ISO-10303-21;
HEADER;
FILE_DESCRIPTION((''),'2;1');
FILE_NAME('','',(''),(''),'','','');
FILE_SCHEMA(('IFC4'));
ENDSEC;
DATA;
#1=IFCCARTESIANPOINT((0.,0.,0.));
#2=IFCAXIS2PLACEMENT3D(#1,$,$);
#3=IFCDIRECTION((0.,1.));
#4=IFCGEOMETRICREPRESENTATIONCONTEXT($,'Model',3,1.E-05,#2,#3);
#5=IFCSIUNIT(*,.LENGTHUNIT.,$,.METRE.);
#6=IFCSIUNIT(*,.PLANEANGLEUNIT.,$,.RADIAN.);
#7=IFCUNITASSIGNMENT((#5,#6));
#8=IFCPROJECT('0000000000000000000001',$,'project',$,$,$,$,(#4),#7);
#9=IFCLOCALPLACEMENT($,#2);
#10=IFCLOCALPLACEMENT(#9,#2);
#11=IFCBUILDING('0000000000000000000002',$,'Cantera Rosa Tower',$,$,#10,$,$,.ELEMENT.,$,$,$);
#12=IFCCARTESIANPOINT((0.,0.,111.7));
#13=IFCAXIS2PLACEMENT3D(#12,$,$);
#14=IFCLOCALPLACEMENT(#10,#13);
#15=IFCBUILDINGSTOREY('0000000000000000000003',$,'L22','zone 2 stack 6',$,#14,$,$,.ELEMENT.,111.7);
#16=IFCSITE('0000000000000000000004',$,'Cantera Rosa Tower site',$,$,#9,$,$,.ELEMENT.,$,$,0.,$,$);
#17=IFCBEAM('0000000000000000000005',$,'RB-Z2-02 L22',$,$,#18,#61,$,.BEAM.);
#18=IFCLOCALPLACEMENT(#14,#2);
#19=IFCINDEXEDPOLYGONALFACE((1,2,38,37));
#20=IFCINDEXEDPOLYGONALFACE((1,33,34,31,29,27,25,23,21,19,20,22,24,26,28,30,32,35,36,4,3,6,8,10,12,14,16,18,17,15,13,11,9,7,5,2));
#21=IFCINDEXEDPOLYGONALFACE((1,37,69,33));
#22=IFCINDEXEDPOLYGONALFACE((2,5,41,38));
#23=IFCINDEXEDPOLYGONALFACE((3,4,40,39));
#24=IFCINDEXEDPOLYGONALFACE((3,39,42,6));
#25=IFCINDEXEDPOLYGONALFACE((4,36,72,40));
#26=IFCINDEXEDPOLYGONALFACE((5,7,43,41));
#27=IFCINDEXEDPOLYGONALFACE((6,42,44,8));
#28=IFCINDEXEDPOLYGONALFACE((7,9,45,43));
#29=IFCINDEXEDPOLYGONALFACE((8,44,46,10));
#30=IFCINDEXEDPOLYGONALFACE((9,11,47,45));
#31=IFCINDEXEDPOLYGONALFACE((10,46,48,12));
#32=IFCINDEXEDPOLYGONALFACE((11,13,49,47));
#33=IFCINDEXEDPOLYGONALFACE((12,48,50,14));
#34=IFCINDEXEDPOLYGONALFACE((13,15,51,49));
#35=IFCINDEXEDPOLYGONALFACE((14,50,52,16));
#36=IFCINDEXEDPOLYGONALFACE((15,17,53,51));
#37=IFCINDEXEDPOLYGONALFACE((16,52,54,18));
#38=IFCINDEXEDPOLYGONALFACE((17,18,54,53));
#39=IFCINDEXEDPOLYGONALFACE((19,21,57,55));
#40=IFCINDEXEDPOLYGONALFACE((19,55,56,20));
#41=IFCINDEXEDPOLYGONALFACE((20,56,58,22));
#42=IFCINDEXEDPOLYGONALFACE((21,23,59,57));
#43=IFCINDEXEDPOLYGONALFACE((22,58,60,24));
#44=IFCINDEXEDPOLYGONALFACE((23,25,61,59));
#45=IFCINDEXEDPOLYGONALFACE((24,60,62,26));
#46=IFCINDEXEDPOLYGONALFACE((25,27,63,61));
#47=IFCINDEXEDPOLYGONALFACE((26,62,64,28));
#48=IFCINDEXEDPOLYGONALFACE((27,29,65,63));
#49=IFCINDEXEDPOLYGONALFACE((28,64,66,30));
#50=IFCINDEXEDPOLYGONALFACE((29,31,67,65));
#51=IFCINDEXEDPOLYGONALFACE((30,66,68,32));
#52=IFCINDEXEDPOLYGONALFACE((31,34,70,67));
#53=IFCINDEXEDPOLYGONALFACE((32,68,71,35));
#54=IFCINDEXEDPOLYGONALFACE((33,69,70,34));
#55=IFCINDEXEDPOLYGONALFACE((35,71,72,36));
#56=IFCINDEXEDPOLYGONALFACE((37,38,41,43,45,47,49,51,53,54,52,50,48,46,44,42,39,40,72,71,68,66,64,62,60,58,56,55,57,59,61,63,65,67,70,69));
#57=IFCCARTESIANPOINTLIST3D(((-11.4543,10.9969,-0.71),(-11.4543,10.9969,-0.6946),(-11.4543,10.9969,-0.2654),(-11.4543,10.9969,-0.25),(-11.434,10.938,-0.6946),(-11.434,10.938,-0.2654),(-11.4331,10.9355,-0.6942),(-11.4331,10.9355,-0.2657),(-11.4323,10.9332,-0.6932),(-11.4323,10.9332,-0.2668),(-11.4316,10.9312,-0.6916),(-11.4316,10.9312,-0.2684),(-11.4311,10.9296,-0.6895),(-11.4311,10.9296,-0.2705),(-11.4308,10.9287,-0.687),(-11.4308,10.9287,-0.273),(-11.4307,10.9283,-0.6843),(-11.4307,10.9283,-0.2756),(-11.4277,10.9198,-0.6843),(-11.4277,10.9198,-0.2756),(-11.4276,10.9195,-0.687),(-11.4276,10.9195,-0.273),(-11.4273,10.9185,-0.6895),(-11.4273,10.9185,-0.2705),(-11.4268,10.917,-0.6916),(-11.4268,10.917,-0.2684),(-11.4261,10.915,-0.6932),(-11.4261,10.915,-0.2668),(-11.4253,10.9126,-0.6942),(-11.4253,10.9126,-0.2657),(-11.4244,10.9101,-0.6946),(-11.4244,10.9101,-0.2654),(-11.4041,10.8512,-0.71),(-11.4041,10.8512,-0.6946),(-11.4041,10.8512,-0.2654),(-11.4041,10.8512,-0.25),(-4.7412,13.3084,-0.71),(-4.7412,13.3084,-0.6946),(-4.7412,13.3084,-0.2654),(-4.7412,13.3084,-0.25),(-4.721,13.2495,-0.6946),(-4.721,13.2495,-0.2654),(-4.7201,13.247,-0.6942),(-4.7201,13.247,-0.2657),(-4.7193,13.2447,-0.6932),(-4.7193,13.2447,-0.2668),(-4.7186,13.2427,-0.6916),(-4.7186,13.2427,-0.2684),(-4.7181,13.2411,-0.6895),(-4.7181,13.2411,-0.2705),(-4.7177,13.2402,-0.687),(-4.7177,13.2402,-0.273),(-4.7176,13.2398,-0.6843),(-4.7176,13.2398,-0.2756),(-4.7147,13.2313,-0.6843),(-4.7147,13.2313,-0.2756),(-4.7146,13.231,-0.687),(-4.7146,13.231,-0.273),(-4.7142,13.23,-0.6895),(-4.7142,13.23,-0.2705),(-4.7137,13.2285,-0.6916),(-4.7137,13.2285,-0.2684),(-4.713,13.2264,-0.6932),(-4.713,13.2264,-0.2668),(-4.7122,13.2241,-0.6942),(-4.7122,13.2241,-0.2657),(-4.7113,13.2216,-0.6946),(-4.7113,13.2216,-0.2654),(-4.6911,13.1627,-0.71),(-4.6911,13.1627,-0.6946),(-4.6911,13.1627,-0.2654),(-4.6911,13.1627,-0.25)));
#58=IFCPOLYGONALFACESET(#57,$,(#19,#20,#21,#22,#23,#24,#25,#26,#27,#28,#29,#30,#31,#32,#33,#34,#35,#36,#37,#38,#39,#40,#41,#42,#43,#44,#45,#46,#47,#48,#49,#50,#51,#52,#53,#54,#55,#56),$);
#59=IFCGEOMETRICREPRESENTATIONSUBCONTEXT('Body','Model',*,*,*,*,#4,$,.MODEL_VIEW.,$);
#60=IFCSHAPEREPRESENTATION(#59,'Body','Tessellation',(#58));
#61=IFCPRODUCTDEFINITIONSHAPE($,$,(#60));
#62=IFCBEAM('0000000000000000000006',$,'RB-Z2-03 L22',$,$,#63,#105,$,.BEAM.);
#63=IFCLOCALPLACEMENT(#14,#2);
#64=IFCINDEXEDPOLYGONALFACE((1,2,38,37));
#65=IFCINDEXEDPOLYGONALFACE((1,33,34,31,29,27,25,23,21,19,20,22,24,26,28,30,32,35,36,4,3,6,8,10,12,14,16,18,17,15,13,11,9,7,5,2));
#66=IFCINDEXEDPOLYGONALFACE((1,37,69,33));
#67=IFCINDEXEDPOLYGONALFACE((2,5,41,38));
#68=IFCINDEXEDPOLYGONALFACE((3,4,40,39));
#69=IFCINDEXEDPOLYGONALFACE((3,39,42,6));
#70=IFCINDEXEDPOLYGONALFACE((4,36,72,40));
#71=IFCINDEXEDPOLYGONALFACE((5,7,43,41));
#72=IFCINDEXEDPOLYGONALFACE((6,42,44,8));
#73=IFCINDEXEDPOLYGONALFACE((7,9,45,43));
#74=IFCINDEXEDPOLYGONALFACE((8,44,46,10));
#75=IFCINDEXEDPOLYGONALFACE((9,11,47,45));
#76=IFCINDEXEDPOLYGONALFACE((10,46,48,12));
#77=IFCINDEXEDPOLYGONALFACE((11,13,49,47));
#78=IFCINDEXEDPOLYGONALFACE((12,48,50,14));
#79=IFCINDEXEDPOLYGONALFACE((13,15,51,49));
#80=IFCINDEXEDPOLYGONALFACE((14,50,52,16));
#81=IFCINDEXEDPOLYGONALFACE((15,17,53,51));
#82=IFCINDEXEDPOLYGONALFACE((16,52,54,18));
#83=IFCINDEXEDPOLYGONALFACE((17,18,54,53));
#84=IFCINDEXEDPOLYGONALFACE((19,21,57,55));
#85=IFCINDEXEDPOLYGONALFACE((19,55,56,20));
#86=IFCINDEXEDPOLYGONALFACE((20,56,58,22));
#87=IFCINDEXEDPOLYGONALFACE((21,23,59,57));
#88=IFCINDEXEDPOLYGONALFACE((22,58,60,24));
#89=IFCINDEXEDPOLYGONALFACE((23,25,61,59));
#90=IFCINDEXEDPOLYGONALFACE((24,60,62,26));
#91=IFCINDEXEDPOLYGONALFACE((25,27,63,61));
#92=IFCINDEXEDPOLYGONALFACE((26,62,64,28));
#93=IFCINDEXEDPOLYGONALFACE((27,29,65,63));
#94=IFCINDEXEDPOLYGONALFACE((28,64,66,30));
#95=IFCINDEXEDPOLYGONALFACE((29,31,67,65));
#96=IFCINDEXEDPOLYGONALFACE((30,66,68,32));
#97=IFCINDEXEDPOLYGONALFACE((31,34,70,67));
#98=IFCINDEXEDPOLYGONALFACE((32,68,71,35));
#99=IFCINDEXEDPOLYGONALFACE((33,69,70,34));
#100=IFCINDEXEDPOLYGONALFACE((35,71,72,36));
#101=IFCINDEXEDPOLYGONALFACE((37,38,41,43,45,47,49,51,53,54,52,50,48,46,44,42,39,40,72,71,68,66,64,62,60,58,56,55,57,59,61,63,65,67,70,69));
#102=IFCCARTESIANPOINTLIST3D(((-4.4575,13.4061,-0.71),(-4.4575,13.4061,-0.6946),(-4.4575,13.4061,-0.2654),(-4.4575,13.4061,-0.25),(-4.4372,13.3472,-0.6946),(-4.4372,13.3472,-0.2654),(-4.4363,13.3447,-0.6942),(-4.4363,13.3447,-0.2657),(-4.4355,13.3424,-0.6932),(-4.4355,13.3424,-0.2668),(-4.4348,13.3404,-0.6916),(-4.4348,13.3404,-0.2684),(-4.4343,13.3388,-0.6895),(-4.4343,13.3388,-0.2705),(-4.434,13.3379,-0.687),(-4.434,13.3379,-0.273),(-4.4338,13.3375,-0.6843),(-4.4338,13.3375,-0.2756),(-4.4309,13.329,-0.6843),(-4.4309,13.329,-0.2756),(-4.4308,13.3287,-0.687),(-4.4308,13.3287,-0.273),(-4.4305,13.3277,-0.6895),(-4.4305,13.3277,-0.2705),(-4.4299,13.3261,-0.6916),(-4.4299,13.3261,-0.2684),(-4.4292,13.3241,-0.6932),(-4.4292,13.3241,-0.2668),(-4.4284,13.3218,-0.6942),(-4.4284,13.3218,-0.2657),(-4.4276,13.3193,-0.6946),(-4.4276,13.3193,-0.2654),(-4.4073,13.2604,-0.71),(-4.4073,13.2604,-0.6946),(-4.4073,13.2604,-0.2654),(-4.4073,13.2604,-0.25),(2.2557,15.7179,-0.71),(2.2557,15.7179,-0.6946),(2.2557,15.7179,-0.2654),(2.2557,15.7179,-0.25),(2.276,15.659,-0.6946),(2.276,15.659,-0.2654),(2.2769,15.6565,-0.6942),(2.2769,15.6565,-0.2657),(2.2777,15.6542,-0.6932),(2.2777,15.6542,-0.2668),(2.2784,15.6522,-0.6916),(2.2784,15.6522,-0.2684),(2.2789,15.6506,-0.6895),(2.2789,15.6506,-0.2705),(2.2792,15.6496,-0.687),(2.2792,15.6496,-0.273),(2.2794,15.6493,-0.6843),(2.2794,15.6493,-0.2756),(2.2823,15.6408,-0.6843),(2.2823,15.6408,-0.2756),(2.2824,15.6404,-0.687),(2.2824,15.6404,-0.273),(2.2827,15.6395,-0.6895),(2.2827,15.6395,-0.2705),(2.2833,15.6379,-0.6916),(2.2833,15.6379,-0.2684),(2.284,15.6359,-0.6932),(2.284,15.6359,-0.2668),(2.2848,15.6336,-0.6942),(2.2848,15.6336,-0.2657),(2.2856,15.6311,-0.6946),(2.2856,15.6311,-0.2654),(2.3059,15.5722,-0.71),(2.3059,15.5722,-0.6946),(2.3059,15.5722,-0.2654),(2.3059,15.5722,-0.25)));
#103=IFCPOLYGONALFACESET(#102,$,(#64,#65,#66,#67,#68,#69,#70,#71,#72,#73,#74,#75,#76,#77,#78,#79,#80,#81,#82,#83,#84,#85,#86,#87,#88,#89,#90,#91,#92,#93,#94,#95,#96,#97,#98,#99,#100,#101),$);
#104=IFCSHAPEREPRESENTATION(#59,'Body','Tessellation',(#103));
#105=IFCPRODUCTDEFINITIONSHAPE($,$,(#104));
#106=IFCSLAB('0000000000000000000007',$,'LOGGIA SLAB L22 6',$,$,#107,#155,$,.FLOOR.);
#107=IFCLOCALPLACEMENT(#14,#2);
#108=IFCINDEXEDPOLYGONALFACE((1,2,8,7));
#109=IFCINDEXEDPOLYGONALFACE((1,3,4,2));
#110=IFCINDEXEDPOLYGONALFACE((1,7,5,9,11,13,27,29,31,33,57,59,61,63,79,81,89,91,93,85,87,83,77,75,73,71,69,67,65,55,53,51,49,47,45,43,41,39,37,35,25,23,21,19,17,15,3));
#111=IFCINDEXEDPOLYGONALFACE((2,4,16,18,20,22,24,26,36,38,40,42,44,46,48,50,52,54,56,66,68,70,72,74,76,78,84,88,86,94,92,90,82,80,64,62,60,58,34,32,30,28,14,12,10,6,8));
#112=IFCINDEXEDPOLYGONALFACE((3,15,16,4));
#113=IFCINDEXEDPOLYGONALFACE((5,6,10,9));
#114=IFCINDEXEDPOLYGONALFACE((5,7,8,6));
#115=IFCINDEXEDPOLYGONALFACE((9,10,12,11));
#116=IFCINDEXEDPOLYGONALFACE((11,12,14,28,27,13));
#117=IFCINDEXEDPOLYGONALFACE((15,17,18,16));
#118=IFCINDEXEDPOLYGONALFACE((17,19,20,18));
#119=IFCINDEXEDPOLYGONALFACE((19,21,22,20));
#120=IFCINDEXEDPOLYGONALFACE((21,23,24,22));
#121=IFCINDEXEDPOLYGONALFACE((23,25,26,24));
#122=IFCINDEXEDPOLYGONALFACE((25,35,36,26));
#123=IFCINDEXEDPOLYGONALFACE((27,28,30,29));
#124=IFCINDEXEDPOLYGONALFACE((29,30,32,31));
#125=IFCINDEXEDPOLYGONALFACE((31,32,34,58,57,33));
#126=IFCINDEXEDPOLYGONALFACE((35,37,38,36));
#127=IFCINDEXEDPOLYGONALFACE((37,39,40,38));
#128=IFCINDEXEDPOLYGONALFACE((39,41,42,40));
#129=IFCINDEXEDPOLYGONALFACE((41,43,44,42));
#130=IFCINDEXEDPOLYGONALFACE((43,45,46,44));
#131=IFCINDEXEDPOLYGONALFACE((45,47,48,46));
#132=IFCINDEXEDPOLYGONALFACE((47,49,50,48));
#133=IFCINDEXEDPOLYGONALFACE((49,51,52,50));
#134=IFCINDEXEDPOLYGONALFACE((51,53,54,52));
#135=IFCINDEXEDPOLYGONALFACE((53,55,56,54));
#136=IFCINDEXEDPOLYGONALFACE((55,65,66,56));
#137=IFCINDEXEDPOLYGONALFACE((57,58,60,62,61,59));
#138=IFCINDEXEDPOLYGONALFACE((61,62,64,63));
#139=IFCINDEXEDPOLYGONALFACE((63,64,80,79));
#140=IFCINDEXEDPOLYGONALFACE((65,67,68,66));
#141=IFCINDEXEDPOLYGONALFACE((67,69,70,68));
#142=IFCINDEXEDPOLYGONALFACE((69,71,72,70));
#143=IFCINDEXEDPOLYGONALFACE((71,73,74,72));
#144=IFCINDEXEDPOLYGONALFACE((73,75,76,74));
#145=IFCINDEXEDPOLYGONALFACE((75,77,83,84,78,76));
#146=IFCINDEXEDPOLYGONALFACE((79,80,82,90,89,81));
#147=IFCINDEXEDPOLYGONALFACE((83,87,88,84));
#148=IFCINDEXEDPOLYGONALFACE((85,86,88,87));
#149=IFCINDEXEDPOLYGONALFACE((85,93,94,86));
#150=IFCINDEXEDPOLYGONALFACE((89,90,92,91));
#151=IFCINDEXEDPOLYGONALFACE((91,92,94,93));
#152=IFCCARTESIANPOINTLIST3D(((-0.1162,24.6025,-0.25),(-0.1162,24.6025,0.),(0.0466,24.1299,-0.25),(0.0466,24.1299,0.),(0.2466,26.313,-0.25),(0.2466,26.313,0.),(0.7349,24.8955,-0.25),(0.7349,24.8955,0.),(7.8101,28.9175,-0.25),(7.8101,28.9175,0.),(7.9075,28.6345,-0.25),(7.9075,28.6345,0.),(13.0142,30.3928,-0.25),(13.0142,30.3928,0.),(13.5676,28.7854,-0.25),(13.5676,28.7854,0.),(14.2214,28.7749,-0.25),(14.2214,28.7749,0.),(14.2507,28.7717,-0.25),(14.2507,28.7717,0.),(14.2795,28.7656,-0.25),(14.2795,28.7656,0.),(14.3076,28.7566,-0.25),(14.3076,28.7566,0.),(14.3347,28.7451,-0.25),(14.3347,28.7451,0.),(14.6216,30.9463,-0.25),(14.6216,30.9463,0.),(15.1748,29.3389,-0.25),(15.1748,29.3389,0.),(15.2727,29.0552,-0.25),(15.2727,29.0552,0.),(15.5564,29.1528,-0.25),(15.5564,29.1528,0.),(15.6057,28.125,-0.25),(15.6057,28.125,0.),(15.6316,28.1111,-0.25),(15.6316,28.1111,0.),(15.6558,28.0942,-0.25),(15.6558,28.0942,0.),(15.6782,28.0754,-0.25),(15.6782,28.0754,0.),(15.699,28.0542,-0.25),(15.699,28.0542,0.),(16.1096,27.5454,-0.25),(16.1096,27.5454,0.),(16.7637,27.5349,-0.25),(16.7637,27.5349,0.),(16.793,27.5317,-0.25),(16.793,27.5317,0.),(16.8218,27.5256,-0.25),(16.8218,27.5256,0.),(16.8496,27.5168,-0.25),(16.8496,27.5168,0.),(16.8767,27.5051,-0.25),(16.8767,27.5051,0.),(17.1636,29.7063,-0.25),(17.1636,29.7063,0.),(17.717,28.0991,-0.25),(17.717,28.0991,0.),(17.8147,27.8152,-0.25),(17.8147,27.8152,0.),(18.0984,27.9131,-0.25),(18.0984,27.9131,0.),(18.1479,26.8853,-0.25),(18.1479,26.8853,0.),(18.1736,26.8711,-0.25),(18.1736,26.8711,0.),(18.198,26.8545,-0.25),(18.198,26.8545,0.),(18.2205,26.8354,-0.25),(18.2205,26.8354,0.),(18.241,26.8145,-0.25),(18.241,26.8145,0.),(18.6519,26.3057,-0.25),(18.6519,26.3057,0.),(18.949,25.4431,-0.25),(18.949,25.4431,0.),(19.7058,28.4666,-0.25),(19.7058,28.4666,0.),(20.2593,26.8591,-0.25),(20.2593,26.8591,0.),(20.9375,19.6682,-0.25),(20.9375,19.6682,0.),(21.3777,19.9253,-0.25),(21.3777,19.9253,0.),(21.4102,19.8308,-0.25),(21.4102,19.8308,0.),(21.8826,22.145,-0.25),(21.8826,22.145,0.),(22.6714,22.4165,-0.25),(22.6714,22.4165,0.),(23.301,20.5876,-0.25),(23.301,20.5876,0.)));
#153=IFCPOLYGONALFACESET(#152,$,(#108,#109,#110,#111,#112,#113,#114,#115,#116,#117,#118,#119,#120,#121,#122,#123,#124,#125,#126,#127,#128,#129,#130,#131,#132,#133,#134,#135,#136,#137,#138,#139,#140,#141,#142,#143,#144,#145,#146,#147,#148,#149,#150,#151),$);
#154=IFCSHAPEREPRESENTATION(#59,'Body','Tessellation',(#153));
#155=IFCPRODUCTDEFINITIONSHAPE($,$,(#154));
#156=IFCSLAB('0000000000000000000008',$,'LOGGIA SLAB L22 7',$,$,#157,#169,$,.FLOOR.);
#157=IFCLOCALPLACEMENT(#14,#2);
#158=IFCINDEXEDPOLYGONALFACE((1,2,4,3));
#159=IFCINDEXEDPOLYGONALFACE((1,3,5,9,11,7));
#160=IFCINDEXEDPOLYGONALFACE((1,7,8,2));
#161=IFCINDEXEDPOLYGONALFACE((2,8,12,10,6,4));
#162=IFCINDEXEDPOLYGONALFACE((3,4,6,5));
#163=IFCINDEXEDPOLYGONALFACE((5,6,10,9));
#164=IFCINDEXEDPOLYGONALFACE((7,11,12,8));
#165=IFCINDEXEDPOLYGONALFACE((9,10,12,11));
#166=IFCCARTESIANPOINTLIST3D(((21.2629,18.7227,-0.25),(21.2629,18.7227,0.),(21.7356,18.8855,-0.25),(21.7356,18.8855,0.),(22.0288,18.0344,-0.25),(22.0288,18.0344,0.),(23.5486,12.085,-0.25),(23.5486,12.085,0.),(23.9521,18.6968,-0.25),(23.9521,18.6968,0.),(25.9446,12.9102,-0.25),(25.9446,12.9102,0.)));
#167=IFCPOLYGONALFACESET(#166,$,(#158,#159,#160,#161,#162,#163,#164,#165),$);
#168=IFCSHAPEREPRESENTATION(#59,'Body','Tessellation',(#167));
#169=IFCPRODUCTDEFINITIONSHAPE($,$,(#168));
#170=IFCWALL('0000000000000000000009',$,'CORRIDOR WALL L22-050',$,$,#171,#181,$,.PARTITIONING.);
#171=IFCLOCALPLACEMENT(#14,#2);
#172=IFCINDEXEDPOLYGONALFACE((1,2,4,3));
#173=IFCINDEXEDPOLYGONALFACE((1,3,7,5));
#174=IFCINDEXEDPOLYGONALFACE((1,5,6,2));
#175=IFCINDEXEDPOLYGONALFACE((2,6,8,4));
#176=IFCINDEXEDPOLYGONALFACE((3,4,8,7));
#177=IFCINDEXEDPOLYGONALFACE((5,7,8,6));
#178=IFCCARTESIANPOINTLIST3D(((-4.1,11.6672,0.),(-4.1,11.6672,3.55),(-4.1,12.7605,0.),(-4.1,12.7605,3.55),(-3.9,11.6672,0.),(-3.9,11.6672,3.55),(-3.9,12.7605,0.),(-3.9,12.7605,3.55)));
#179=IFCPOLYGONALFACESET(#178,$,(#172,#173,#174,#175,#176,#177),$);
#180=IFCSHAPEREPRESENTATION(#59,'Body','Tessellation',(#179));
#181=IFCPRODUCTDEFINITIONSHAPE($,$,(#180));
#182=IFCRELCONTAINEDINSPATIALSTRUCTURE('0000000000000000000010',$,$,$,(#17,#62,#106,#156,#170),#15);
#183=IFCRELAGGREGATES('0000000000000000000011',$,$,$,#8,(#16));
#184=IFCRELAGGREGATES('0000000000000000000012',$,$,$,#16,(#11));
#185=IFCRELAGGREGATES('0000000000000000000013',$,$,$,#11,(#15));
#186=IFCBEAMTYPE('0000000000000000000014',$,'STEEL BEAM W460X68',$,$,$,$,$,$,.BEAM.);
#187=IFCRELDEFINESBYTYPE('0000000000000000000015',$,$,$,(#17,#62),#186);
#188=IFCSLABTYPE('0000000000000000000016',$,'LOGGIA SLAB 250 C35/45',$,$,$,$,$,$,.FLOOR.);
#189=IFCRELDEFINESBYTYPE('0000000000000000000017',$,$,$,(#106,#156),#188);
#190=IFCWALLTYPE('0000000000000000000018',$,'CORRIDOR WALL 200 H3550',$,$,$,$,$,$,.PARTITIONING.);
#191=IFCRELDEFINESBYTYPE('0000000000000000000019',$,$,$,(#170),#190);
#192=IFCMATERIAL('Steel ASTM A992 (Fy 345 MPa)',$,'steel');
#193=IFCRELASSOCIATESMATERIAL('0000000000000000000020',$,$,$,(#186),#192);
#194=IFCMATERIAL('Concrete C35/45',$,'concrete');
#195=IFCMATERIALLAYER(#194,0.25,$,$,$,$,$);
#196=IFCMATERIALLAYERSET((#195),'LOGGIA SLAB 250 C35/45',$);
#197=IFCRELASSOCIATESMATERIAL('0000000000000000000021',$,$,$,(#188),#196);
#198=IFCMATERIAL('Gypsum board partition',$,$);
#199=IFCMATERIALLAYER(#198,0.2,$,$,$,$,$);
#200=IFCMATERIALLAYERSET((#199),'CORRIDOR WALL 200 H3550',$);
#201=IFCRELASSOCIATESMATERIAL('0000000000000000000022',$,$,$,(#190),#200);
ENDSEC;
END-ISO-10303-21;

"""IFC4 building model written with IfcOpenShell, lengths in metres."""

from ifc_helpers import new_model, si_unit, direction, frame, frame_2d, origin, origin_2d, place, context, subcontext, project, spatial, polyline, rectangle, i_section, outline, extrude, material, layer, layer_set, material_profile, profile_set, type_object, element, save


model = new_model("IFC4")

# Units and contexts
model_context = context("Model", 3, precision=1e-05, world=origin(), true_north=direction((0.0, 1.0)))
body_context = subcontext(model_context, "Body", "Model", "MODEL_VIEW")
ifc_project = project(units=[si_unit("LENGTHUNIT", "METRE"), si_unit("PLANEANGLEUNIT", "RADIAN")], contexts=[model_context])

# Site, building, storey
site_placement = place(None, origin())
site = spatial("IfcSite", under=ifc_project, at=site_placement, Name="Cantera Rosa Tower site", CompositionType="ELEMENT", RefElevation=0.0)
building_placement = place(site_placement, origin())
building = spatial("IfcBuilding", under=site, at=building_placement, Name="Cantera Rosa Tower", CompositionType="ELEMENT")
storey_placement = place(building_placement, frame((0.0, 0.0, 111.7)))
storey = spatial("IfcBuildingStorey", under=building, at=storey_placement, Name="L22", Description="zone 2 stack 6", CompositionType="ELEMENT", Elevation=111.7)

# Beams
ifc_material_1 = material(Name="Steel ASTM A992 (Fy 345 MPa)", Category="steel")
ifc_material_profile = material_profile(ifc_material_1, i_section(OverallWidth=0.1541, OverallDepth=0.46, WebThickness=0.009, FlangeThickness=0.0154, FilletRadius=0.0103, at=origin_2d()), Name="W460X68")
ifc_profile_set = profile_set([ifc_material_profile], Name="Steel ASTM A992 (Fy 345 MPa)")
beam_type = type_object("IfcBeamType", Name="STEEL BEAM W460X68", PredefinedType="BEAM", material=ifc_profile_set)
beam_1_placement = place(storey_placement, frame((-11.4292, 10.9241, -0.48), z_axis=(0.945518, 0.325569, 0.0), x_axis=(-0.325569, 0.945518, 0.0)))
element("IfcBeam", 1, at=beam_1_placement, inside=storey, type_object=beam_type, Name="RB-Z2-02 L22", PredefinedType="BEAM", context=body_context, shape_type="SweptSolid", body=[
    extrude(i_section(OverallWidth=0.1541, OverallDepth=0.46, WebThickness=0.009, FlangeThickness=0.0154, FilletRadius=0.0103, at=origin_2d()), origin(), (0.0, 0.0, 1.0), 7.0999),
])
beam_2_placement = place(storey_placement, frame((-4.4324, 13.3333, -0.48), z_axis=(0.945508, 0.3256, 0.0), x_axis=(-0.3256, 0.945508, 0.0)))
element("IfcBeam", 2, at=beam_2_placement, inside=storey, type_object=beam_type, Name="RB-Z2-03 L22", PredefinedType="BEAM", context=body_context, shape_type="SweptSolid", body=[
    extrude(i_section(OverallWidth=0.1541, OverallDepth=0.46, WebThickness=0.009, FlangeThickness=0.0154, FilletRadius=0.0103, at=origin_2d()), origin(), (0.0, 0.0, 1.0), 7.1001),
])

# Slabs
ifc_material_2 = material(Name="Concrete C35/45", Category="concrete")
ifc_layer_1 = layer(ifc_material_2, 0.25)
ifc_layer_set_1 = layer_set([ifc_layer_1], Name="LOGGIA SLAB 250 C35/45")
slab_type = type_object("IfcSlabType", Name="LOGGIA SLAB 250 C35/45", PredefinedType="FLOOR", material=ifc_layer_set_1)
slab_1_placement = place(storey_placement, frame((0.0, 0.0, -0.25)))
element("IfcSlab", 3, at=slab_1_placement, inside=storey, type_object=slab_type, Name="LOGGIA SLAB L22 6", PredefinedType="FLOOR", context=body_context, shape_type="SweptSolid", body=[
    extrude(outline(polyline([(15.2727, 29.0552), (15.5564, 29.1528), (17.1636, 29.7063), (17.717, 28.0991), (17.8147, 27.8152), (18.0984, 27.9131), (19.7058, 28.4666), (20.2593, 26.8591), (21.8826, 22.145), (22.6714, 22.4165), (23.301, 20.5876), (21.3777, 19.9253), (21.4102, 19.8308), (20.9375, 19.6682), (18.949, 25.4431), (18.6519, 26.3057), (18.241, 26.8145), (18.2205, 26.8354), (18.198, 26.8545), (18.1736, 26.8711), (18.1479, 26.8853), (16.8767, 27.5051), (16.8496, 27.5168), (16.8218, 27.5256), (16.793, 27.5317), (16.7637, 27.5349), (16.1096, 27.5454), (15.699, 28.0542), (15.6782, 28.0754), (15.6558, 28.0942), (15.6316, 28.1111), (15.6057, 28.125), (14.3347, 28.7451), (14.3076, 28.7566), (14.2795, 28.7656), (14.2507, 28.7717), (14.2214, 28.7749), (13.5676, 28.7854), (0.0466, 24.1299), (-0.1162, 24.6025), (0.7349, 24.8955), (0.2466, 26.313), (7.8101, 28.9175), (7.9075, 28.6345), (13.0142, 30.3928), (14.6216, 30.9463), (15.1748, 29.3389), (15.2727, 29.0552)])), origin(), (0.0, 0.0, 1.0), 0.25),
])
slab_2_placement = place(storey_placement, frame((0.0, 0.0, -0.25)))
element("IfcSlab", 4, at=slab_2_placement, inside=storey, type_object=slab_type, Name="LOGGIA SLAB L22 7", PredefinedType="FLOOR", context=body_context, shape_type="SweptSolid", body=[
    extrude(outline(polyline([(25.9446, 12.9102), (23.5486, 12.085), (21.2629, 18.7227), (21.7356, 18.8855), (22.0288, 18.0344), (23.9521, 18.6968), (25.9446, 12.9102)])), origin(), (0.0, 0.0, 1.0), 0.25),
])

# Wall
ifc_material_3 = material(Name="Gypsum board partition")
ifc_layer_2 = layer(ifc_material_3, 0.2)
ifc_layer_set_2 = layer_set([ifc_layer_2], Name="CORRIDOR WALL 200 H3550")
wall_type_1 = type_object("IfcWallType", Name="CORRIDOR WALL 200 H3550", PredefinedType="PARTITIONING", material=ifc_layer_set_2)
wall_1_placement = place(storey_placement, frame((-4.0, 12.7605, 0.0), z_axis=(0.0, 0.0, 1.0), x_axis=(0.0, -1.0, 0.0)))
element("IfcWall", 5, at=wall_1_placement, inside=storey, type_object=wall_type_1, Name="CORRIDOR WALL L22-050", PredefinedType="PARTITIONING", context=body_context, shape_type="SweptSolid", body=[
    extrude(rectangle(XDim=1.0933, YDim=0.2, at=frame_2d((0.5466, 0.0))), origin(), (0.0, 0.0, 1.0), 3.55),
])

save(model, "model.ifc")
